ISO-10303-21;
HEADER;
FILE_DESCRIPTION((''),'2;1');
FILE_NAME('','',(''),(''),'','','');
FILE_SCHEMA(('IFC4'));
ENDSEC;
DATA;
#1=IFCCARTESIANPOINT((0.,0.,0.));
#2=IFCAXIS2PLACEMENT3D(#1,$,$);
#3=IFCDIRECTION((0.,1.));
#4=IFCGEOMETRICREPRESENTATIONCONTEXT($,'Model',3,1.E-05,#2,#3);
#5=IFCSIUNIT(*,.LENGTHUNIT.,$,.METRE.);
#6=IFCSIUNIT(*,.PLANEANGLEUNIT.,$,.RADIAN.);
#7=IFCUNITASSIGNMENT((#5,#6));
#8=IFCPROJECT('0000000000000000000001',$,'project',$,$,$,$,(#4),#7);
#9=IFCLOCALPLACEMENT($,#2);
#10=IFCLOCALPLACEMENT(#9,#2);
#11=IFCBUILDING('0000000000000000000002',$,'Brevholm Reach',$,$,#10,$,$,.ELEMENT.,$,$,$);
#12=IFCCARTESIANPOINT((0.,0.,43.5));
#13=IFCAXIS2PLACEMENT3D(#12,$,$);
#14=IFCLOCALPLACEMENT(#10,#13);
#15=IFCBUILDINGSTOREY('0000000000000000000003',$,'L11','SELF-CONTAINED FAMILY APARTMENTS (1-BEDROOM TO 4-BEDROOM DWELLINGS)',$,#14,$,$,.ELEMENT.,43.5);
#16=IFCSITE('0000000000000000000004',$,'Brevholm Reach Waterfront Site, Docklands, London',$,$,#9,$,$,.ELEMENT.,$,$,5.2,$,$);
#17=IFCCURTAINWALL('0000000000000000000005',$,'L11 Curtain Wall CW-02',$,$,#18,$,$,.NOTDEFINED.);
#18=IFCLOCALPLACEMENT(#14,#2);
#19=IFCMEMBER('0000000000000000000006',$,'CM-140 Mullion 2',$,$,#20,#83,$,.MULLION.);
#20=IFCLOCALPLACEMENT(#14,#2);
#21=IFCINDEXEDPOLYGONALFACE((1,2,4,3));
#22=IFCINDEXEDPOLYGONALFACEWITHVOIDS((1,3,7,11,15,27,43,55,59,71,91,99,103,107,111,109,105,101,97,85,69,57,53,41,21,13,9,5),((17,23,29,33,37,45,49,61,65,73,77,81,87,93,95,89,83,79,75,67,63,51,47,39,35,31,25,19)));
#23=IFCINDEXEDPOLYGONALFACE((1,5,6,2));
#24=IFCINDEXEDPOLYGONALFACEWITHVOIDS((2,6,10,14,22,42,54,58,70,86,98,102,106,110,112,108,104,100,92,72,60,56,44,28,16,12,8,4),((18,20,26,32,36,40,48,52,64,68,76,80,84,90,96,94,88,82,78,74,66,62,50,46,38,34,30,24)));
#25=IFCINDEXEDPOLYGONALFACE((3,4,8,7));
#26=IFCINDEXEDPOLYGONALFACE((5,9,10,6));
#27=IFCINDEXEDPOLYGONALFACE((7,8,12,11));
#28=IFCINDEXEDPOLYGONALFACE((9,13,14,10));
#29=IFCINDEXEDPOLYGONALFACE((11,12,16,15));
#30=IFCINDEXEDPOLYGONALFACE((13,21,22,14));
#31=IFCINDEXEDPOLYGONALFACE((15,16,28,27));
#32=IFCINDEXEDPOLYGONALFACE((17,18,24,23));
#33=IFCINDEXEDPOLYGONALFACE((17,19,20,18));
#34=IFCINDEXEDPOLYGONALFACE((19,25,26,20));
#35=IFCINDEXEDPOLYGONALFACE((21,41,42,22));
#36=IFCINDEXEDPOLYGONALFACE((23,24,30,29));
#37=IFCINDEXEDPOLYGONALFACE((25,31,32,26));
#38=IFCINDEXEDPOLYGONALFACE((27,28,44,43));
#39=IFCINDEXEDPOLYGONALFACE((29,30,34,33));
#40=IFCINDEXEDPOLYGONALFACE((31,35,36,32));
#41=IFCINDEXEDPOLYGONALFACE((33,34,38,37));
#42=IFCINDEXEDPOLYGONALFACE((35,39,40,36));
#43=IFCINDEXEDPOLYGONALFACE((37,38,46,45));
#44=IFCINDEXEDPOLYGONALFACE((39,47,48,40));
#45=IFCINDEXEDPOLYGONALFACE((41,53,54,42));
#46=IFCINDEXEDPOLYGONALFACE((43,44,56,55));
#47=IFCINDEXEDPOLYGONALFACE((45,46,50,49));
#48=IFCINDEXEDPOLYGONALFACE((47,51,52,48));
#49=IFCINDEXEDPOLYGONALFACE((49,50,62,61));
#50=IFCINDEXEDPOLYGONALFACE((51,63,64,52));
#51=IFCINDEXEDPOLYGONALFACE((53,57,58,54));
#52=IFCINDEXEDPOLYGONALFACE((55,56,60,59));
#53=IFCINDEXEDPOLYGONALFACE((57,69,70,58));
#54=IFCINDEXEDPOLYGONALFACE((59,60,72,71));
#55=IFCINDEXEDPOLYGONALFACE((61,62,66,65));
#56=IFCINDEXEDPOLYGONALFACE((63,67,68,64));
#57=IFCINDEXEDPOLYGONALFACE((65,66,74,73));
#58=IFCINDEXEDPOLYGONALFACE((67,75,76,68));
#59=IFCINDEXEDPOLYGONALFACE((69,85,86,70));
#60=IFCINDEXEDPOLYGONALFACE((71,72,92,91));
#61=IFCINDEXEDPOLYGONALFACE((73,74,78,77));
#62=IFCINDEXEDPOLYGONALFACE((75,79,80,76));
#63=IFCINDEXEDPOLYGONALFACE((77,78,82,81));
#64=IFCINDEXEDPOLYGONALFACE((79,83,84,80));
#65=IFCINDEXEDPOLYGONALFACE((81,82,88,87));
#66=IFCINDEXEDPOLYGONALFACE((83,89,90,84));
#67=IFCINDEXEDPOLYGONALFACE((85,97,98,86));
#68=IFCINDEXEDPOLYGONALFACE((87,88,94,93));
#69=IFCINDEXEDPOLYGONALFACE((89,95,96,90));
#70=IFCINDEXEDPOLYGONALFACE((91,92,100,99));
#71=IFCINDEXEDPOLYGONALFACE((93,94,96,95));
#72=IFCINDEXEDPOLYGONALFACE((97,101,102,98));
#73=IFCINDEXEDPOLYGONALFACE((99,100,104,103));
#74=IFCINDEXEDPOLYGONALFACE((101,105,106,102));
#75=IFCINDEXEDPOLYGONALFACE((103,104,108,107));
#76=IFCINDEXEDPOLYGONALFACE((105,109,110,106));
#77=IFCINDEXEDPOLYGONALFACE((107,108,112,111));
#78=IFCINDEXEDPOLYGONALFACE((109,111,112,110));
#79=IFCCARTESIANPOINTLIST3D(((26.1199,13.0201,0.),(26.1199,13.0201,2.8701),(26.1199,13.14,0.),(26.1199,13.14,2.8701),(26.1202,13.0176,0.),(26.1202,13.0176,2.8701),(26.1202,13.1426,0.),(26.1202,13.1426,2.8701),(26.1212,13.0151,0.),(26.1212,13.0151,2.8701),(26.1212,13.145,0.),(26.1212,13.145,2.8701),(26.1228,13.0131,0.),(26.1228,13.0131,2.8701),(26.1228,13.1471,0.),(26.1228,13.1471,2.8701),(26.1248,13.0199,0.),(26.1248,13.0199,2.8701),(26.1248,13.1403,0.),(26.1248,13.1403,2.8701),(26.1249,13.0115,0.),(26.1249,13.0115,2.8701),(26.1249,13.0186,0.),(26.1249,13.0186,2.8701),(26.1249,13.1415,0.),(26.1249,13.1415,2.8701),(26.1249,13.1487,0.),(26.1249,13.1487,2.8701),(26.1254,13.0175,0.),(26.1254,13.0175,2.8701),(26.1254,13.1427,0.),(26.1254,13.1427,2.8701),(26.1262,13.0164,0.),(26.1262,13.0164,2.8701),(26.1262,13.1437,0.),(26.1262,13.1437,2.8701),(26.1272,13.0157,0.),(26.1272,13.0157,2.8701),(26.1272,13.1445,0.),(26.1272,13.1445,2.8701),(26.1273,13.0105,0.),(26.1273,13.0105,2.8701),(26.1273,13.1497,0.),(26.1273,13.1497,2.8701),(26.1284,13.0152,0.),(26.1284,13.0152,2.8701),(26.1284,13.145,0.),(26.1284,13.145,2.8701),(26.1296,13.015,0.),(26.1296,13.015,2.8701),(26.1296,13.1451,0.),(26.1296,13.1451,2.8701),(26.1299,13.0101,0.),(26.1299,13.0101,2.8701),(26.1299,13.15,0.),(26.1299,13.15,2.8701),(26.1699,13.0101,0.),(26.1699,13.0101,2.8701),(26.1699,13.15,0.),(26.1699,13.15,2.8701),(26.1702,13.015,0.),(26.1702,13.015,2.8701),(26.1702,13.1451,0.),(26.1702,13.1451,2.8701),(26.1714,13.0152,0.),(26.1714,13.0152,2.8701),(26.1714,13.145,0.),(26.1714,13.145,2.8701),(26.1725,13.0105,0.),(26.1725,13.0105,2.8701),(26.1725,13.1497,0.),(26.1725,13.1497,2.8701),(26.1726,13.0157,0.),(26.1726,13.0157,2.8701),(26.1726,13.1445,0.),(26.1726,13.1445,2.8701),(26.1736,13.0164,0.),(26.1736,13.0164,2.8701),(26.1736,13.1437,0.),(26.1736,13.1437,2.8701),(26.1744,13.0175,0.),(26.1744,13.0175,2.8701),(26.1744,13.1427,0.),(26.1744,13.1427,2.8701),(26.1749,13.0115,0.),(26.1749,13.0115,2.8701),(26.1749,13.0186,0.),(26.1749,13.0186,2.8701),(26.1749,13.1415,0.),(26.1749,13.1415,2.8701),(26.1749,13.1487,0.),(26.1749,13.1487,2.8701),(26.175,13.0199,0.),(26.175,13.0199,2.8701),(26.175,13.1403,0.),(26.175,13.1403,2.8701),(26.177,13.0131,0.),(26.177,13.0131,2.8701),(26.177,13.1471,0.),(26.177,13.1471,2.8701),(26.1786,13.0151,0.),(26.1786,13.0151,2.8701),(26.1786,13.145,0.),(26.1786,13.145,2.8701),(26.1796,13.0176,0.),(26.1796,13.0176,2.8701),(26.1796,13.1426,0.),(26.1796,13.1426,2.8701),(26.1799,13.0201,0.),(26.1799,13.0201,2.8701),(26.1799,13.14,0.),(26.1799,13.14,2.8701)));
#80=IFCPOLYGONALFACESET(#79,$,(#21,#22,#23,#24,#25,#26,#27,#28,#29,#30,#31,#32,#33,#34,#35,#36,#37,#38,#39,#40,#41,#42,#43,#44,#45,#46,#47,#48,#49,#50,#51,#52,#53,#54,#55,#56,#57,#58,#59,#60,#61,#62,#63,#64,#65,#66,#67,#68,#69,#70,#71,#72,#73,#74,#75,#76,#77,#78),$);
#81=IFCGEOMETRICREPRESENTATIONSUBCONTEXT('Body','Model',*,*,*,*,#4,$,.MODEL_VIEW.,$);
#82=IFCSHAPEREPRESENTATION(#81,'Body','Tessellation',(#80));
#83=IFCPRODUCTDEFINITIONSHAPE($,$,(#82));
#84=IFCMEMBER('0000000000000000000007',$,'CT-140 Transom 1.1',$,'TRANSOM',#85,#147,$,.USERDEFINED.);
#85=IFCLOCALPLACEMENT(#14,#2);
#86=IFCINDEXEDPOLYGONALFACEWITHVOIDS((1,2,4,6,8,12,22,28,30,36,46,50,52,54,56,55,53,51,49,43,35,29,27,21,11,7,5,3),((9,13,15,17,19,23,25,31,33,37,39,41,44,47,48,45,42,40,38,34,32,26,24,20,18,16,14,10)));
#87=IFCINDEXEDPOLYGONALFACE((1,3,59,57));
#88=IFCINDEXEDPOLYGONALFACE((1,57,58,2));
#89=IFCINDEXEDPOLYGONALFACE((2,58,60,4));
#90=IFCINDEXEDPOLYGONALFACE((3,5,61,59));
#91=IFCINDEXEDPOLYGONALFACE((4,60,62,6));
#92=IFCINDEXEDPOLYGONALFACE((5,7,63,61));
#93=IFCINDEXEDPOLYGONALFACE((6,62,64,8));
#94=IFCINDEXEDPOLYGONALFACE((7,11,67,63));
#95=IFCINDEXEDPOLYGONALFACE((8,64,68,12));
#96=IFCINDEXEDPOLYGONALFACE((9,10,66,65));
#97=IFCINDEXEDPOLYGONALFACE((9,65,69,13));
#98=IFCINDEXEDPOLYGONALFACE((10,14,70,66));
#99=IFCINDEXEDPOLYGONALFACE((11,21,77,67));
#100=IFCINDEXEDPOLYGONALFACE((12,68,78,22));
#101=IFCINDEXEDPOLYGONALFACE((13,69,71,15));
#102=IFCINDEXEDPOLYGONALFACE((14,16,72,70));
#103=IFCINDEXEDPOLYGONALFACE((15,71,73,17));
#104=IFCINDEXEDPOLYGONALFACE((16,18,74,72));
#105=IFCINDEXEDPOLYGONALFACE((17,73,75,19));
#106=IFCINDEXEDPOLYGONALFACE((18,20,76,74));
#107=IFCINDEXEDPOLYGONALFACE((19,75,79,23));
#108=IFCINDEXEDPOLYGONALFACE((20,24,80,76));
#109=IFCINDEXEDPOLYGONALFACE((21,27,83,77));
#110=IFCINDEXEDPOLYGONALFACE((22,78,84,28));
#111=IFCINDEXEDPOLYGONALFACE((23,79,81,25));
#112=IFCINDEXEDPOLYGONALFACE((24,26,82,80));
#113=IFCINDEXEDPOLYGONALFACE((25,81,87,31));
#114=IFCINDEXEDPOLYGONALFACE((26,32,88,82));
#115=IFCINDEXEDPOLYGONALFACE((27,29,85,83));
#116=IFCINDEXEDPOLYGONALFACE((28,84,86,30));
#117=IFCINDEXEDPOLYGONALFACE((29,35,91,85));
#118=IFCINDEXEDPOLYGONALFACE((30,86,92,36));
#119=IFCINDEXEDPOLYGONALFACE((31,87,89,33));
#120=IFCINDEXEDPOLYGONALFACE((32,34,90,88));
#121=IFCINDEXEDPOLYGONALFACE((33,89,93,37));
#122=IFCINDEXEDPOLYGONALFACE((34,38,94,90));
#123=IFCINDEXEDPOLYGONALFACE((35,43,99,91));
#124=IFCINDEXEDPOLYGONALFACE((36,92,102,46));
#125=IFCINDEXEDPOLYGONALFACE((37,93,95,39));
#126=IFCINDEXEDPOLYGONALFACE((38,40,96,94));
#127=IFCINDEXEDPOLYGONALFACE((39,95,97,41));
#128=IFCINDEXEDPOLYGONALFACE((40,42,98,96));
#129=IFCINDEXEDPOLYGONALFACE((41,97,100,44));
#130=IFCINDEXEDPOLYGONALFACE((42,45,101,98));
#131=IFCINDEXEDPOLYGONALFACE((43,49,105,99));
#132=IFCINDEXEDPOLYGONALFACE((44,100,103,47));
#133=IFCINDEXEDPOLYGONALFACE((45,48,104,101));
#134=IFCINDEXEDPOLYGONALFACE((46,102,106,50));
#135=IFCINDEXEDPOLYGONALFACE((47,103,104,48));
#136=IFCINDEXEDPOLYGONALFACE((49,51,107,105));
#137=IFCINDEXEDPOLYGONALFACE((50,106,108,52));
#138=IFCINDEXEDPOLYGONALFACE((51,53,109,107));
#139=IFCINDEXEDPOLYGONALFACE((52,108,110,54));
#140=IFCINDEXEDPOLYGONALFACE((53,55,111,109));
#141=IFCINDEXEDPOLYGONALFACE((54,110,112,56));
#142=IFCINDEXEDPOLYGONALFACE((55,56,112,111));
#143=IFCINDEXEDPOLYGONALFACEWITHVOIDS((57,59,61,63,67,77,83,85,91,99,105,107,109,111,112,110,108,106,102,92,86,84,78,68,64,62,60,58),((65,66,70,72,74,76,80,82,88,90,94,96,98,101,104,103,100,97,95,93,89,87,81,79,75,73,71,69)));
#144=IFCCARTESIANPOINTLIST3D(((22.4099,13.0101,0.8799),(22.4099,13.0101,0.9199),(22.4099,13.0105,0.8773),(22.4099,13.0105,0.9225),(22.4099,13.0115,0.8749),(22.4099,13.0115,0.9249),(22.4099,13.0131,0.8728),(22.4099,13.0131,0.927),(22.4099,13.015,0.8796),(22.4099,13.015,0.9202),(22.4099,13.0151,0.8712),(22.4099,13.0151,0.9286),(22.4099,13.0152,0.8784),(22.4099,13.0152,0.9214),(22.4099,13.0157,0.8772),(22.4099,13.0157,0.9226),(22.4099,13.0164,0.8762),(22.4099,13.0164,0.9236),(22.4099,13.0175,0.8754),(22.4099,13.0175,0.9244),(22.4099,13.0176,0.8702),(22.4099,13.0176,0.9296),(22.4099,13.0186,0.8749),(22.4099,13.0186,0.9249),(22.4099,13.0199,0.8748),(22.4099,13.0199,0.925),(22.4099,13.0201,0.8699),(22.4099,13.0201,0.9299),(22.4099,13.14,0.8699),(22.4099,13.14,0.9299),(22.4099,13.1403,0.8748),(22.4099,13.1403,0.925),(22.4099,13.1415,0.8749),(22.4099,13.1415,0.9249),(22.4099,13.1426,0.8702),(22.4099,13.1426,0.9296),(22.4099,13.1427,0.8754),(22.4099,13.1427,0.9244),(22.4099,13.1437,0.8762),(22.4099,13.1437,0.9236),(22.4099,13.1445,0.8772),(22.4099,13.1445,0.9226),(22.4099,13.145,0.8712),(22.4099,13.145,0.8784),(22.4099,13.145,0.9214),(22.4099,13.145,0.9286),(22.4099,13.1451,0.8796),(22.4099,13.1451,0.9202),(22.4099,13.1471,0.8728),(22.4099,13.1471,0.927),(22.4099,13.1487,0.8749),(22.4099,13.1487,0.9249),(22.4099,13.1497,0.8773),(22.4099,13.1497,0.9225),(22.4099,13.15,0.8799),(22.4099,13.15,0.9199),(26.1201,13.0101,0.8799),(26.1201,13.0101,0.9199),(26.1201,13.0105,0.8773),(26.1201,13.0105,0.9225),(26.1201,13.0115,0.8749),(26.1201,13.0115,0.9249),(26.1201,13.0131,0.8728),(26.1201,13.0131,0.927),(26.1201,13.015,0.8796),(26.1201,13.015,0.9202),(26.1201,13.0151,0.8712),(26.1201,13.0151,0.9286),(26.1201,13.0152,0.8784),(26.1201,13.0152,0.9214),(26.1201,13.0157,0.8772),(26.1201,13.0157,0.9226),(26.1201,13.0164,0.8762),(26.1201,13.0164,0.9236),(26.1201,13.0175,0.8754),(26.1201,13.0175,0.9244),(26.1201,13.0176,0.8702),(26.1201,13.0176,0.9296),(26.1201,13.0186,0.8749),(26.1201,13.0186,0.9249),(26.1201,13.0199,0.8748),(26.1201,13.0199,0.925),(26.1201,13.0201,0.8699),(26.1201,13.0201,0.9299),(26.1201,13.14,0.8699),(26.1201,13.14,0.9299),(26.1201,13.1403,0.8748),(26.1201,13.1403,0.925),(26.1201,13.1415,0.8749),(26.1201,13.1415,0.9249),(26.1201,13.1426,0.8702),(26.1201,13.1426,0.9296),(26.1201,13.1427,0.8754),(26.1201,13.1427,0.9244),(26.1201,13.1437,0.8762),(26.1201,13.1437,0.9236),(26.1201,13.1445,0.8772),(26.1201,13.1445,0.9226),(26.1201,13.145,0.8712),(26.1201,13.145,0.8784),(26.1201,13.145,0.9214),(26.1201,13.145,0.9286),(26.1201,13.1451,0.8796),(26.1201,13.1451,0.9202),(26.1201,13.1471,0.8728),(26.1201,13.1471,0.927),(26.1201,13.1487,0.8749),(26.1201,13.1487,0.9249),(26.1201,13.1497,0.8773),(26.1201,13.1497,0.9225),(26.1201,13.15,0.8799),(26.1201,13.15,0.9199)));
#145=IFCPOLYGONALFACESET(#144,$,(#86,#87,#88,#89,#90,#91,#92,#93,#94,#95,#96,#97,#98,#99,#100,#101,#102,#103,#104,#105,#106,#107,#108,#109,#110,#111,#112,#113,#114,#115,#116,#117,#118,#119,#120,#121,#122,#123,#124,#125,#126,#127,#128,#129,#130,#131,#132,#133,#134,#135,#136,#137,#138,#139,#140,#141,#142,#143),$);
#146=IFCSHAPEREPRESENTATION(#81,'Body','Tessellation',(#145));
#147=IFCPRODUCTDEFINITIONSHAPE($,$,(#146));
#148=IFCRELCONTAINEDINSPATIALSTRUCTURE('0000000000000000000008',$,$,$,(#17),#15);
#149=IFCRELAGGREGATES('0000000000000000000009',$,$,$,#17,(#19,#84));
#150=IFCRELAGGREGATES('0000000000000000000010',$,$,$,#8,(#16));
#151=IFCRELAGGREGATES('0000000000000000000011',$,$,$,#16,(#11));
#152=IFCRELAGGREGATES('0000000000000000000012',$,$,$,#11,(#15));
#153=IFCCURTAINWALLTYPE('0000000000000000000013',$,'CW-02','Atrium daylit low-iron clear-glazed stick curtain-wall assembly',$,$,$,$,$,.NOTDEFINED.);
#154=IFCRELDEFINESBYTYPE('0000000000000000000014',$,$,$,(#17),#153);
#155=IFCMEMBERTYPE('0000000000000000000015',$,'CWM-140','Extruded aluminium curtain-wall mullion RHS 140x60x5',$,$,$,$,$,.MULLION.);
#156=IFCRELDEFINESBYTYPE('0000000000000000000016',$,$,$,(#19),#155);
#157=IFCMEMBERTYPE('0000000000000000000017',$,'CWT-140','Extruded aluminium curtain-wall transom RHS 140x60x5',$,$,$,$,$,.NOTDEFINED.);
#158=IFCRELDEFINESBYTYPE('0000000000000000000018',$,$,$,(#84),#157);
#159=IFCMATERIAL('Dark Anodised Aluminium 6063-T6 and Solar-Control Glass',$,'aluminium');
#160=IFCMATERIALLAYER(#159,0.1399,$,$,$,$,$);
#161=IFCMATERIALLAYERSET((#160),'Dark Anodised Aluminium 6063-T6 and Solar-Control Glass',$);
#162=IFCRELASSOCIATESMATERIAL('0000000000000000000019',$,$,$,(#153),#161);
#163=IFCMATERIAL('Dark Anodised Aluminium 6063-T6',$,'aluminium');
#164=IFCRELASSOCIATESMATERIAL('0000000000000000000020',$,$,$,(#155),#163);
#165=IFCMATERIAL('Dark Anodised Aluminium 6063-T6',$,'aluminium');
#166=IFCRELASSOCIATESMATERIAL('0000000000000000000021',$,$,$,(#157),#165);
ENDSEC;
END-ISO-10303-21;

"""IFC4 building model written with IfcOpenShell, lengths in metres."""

from ifc_helpers import new_model, si_unit, direction, frame, origin, origin_2d, place, context, subcontext, project, spatial, hollow_rectangle, extrude, material, layer, layer_set, material_profile, profile_set, type_object, element, aggregate, save


model = new_model("IFC4")

# Units and contexts
model_context = context("Model", 3, precision=1e-05, world=origin(), true_north=direction((0.0, 1.0)))
body_context = subcontext(model_context, "Body", "Model", "MODEL_VIEW")
ifc_project = project(units=[si_unit("LENGTHUNIT", "METRE"), si_unit("PLANEANGLEUNIT", "RADIAN")], contexts=[model_context])

# Site, building, storey
site_placement = place(None, origin())
site = spatial("IfcSite", under=ifc_project, at=site_placement, Name="Brevholm Reach Waterfront Site, Docklands, London", CompositionType="ELEMENT", RefElevation=5.2)
building_placement = place(site_placement, origin())
building = spatial("IfcBuilding", under=site, at=building_placement, Name="Brevholm Reach", CompositionType="ELEMENT")
storey_placement = place(building_placement, frame((0.0, 0.0, 43.5)))
storey = spatial("IfcBuildingStorey", under=building, at=storey_placement, Name="L11", Description="SELF-CONTAINED FAMILY APARTMENTS (1-BEDROOM TO 4-BEDROOM DWELLINGS)", CompositionType="ELEMENT", Elevation=43.5)

# Curtain wall, members
ifc_material_1 = material(Name="Dark Anodised Aluminium 6063-T6 and Solar-Control Glass", Category="aluminium")
ifc_layer_1 = layer(ifc_material_1, 0.1399)
ifc_layer_set_1 = layer_set([ifc_layer_1], Name="Dark Anodised Aluminium 6063-T6 and Solar-Control Glass")
curtain_wall_type = type_object("IfcCurtainWallType", Name="CW-02", Description="Atrium daylit low-iron clear-glazed stick curtain-wall assembly", PredefinedType="NOTDEFINED", material=ifc_layer_set_1)
curtain_wall_placement = place(storey_placement, origin())
curtain_wall = element("IfcCurtainWall", 1, at=curtain_wall_placement, inside=storey, type_object=curtain_wall_type, Name="L11 Curtain Wall CW-02", PredefinedType="NOTDEFINED")
ifc_material_2 = material(Name="Dark Anodised Aluminium 6063-T6", Category="aluminium")
ifc_material_profile_1 = material_profile(ifc_material_2, hollow_rectangle(XDim=0.0601, YDim=0.1399, WallThickness=0.0049, InnerFilletRadius=0.0049, OuterFilletRadius=0.01, at=origin_2d()), Name="RHS 140x60x5")
ifc_profile_set_1 = profile_set([ifc_material_profile_1], Name="Dark Anodised Aluminium 6063-T6")
member_type_1 = type_object("IfcMemberType", Name="CWM-140", Description="Extruded aluminium curtain-wall mullion RHS 140x60x5", PredefinedType="MULLION", material=ifc_profile_set_1)
member_1_placement = place(storey_placement, frame((26.1499, 13.0801, 0.0), z_axis=(0.0, 0.0, 1.0), x_axis=(1.0, 0.0, 0.0)))
member_1 = element("IfcMember", 2, at=member_1_placement, type_object=member_type_1, Name="CM-140 Mullion 2", PredefinedType="MULLION", context=body_context, shape_type="SweptSolid", body=[
    extrude(hollow_rectangle(XDim=0.0601, YDim=0.1399, WallThickness=0.0049, InnerFilletRadius=0.0049, OuterFilletRadius=0.01, at=origin_2d()), origin(), (0.0, 0.0, 1.0), 2.8701),
])
ifc_material_3 = material(Name="Dark Anodised Aluminium 6063-T6", Category="aluminium")
ifc_material_profile_2 = material_profile(ifc_material_3, hollow_rectangle(XDim=0.0601, YDim=0.1399, WallThickness=0.0049, InnerFilletRadius=0.0049, OuterFilletRadius=0.01, at=origin_2d()), Name="RHS 140x60x5")
ifc_profile_set_2 = profile_set([ifc_material_profile_2], Name="Dark Anodised Aluminium 6063-T6")
member_type_2 = type_object("IfcMemberType", Name="CWT-140", Description="Extruded aluminium curtain-wall transom RHS 140x60x5", PredefinedType="NOTDEFINED", material=ifc_profile_set_2)
member_2_placement = place(storey_placement, frame((22.4099, 13.0801, 0.8999), z_axis=(1.0, 0.0, 0.0), x_axis=(0.0, 0.0, 1.0)))
member_2 = element("IfcMember", 3, at=member_2_placement, type_object=member_type_2, Name="CT-140 Transom 1.1", ObjectType="TRANSOM", PredefinedType="USERDEFINED", context=body_context, shape_type="SweptSolid", body=[
    extrude(hollow_rectangle(XDim=0.0601, YDim=0.1399, WallThickness=0.0049, InnerFilletRadius=0.0049, OuterFilletRadius=0.01, at=origin_2d()), origin(), (0.0, 0.0, 1.0), 3.7102),
])
aggregate(curtain_wall, [member_1, member_2])

save(model, "model.ifc")
